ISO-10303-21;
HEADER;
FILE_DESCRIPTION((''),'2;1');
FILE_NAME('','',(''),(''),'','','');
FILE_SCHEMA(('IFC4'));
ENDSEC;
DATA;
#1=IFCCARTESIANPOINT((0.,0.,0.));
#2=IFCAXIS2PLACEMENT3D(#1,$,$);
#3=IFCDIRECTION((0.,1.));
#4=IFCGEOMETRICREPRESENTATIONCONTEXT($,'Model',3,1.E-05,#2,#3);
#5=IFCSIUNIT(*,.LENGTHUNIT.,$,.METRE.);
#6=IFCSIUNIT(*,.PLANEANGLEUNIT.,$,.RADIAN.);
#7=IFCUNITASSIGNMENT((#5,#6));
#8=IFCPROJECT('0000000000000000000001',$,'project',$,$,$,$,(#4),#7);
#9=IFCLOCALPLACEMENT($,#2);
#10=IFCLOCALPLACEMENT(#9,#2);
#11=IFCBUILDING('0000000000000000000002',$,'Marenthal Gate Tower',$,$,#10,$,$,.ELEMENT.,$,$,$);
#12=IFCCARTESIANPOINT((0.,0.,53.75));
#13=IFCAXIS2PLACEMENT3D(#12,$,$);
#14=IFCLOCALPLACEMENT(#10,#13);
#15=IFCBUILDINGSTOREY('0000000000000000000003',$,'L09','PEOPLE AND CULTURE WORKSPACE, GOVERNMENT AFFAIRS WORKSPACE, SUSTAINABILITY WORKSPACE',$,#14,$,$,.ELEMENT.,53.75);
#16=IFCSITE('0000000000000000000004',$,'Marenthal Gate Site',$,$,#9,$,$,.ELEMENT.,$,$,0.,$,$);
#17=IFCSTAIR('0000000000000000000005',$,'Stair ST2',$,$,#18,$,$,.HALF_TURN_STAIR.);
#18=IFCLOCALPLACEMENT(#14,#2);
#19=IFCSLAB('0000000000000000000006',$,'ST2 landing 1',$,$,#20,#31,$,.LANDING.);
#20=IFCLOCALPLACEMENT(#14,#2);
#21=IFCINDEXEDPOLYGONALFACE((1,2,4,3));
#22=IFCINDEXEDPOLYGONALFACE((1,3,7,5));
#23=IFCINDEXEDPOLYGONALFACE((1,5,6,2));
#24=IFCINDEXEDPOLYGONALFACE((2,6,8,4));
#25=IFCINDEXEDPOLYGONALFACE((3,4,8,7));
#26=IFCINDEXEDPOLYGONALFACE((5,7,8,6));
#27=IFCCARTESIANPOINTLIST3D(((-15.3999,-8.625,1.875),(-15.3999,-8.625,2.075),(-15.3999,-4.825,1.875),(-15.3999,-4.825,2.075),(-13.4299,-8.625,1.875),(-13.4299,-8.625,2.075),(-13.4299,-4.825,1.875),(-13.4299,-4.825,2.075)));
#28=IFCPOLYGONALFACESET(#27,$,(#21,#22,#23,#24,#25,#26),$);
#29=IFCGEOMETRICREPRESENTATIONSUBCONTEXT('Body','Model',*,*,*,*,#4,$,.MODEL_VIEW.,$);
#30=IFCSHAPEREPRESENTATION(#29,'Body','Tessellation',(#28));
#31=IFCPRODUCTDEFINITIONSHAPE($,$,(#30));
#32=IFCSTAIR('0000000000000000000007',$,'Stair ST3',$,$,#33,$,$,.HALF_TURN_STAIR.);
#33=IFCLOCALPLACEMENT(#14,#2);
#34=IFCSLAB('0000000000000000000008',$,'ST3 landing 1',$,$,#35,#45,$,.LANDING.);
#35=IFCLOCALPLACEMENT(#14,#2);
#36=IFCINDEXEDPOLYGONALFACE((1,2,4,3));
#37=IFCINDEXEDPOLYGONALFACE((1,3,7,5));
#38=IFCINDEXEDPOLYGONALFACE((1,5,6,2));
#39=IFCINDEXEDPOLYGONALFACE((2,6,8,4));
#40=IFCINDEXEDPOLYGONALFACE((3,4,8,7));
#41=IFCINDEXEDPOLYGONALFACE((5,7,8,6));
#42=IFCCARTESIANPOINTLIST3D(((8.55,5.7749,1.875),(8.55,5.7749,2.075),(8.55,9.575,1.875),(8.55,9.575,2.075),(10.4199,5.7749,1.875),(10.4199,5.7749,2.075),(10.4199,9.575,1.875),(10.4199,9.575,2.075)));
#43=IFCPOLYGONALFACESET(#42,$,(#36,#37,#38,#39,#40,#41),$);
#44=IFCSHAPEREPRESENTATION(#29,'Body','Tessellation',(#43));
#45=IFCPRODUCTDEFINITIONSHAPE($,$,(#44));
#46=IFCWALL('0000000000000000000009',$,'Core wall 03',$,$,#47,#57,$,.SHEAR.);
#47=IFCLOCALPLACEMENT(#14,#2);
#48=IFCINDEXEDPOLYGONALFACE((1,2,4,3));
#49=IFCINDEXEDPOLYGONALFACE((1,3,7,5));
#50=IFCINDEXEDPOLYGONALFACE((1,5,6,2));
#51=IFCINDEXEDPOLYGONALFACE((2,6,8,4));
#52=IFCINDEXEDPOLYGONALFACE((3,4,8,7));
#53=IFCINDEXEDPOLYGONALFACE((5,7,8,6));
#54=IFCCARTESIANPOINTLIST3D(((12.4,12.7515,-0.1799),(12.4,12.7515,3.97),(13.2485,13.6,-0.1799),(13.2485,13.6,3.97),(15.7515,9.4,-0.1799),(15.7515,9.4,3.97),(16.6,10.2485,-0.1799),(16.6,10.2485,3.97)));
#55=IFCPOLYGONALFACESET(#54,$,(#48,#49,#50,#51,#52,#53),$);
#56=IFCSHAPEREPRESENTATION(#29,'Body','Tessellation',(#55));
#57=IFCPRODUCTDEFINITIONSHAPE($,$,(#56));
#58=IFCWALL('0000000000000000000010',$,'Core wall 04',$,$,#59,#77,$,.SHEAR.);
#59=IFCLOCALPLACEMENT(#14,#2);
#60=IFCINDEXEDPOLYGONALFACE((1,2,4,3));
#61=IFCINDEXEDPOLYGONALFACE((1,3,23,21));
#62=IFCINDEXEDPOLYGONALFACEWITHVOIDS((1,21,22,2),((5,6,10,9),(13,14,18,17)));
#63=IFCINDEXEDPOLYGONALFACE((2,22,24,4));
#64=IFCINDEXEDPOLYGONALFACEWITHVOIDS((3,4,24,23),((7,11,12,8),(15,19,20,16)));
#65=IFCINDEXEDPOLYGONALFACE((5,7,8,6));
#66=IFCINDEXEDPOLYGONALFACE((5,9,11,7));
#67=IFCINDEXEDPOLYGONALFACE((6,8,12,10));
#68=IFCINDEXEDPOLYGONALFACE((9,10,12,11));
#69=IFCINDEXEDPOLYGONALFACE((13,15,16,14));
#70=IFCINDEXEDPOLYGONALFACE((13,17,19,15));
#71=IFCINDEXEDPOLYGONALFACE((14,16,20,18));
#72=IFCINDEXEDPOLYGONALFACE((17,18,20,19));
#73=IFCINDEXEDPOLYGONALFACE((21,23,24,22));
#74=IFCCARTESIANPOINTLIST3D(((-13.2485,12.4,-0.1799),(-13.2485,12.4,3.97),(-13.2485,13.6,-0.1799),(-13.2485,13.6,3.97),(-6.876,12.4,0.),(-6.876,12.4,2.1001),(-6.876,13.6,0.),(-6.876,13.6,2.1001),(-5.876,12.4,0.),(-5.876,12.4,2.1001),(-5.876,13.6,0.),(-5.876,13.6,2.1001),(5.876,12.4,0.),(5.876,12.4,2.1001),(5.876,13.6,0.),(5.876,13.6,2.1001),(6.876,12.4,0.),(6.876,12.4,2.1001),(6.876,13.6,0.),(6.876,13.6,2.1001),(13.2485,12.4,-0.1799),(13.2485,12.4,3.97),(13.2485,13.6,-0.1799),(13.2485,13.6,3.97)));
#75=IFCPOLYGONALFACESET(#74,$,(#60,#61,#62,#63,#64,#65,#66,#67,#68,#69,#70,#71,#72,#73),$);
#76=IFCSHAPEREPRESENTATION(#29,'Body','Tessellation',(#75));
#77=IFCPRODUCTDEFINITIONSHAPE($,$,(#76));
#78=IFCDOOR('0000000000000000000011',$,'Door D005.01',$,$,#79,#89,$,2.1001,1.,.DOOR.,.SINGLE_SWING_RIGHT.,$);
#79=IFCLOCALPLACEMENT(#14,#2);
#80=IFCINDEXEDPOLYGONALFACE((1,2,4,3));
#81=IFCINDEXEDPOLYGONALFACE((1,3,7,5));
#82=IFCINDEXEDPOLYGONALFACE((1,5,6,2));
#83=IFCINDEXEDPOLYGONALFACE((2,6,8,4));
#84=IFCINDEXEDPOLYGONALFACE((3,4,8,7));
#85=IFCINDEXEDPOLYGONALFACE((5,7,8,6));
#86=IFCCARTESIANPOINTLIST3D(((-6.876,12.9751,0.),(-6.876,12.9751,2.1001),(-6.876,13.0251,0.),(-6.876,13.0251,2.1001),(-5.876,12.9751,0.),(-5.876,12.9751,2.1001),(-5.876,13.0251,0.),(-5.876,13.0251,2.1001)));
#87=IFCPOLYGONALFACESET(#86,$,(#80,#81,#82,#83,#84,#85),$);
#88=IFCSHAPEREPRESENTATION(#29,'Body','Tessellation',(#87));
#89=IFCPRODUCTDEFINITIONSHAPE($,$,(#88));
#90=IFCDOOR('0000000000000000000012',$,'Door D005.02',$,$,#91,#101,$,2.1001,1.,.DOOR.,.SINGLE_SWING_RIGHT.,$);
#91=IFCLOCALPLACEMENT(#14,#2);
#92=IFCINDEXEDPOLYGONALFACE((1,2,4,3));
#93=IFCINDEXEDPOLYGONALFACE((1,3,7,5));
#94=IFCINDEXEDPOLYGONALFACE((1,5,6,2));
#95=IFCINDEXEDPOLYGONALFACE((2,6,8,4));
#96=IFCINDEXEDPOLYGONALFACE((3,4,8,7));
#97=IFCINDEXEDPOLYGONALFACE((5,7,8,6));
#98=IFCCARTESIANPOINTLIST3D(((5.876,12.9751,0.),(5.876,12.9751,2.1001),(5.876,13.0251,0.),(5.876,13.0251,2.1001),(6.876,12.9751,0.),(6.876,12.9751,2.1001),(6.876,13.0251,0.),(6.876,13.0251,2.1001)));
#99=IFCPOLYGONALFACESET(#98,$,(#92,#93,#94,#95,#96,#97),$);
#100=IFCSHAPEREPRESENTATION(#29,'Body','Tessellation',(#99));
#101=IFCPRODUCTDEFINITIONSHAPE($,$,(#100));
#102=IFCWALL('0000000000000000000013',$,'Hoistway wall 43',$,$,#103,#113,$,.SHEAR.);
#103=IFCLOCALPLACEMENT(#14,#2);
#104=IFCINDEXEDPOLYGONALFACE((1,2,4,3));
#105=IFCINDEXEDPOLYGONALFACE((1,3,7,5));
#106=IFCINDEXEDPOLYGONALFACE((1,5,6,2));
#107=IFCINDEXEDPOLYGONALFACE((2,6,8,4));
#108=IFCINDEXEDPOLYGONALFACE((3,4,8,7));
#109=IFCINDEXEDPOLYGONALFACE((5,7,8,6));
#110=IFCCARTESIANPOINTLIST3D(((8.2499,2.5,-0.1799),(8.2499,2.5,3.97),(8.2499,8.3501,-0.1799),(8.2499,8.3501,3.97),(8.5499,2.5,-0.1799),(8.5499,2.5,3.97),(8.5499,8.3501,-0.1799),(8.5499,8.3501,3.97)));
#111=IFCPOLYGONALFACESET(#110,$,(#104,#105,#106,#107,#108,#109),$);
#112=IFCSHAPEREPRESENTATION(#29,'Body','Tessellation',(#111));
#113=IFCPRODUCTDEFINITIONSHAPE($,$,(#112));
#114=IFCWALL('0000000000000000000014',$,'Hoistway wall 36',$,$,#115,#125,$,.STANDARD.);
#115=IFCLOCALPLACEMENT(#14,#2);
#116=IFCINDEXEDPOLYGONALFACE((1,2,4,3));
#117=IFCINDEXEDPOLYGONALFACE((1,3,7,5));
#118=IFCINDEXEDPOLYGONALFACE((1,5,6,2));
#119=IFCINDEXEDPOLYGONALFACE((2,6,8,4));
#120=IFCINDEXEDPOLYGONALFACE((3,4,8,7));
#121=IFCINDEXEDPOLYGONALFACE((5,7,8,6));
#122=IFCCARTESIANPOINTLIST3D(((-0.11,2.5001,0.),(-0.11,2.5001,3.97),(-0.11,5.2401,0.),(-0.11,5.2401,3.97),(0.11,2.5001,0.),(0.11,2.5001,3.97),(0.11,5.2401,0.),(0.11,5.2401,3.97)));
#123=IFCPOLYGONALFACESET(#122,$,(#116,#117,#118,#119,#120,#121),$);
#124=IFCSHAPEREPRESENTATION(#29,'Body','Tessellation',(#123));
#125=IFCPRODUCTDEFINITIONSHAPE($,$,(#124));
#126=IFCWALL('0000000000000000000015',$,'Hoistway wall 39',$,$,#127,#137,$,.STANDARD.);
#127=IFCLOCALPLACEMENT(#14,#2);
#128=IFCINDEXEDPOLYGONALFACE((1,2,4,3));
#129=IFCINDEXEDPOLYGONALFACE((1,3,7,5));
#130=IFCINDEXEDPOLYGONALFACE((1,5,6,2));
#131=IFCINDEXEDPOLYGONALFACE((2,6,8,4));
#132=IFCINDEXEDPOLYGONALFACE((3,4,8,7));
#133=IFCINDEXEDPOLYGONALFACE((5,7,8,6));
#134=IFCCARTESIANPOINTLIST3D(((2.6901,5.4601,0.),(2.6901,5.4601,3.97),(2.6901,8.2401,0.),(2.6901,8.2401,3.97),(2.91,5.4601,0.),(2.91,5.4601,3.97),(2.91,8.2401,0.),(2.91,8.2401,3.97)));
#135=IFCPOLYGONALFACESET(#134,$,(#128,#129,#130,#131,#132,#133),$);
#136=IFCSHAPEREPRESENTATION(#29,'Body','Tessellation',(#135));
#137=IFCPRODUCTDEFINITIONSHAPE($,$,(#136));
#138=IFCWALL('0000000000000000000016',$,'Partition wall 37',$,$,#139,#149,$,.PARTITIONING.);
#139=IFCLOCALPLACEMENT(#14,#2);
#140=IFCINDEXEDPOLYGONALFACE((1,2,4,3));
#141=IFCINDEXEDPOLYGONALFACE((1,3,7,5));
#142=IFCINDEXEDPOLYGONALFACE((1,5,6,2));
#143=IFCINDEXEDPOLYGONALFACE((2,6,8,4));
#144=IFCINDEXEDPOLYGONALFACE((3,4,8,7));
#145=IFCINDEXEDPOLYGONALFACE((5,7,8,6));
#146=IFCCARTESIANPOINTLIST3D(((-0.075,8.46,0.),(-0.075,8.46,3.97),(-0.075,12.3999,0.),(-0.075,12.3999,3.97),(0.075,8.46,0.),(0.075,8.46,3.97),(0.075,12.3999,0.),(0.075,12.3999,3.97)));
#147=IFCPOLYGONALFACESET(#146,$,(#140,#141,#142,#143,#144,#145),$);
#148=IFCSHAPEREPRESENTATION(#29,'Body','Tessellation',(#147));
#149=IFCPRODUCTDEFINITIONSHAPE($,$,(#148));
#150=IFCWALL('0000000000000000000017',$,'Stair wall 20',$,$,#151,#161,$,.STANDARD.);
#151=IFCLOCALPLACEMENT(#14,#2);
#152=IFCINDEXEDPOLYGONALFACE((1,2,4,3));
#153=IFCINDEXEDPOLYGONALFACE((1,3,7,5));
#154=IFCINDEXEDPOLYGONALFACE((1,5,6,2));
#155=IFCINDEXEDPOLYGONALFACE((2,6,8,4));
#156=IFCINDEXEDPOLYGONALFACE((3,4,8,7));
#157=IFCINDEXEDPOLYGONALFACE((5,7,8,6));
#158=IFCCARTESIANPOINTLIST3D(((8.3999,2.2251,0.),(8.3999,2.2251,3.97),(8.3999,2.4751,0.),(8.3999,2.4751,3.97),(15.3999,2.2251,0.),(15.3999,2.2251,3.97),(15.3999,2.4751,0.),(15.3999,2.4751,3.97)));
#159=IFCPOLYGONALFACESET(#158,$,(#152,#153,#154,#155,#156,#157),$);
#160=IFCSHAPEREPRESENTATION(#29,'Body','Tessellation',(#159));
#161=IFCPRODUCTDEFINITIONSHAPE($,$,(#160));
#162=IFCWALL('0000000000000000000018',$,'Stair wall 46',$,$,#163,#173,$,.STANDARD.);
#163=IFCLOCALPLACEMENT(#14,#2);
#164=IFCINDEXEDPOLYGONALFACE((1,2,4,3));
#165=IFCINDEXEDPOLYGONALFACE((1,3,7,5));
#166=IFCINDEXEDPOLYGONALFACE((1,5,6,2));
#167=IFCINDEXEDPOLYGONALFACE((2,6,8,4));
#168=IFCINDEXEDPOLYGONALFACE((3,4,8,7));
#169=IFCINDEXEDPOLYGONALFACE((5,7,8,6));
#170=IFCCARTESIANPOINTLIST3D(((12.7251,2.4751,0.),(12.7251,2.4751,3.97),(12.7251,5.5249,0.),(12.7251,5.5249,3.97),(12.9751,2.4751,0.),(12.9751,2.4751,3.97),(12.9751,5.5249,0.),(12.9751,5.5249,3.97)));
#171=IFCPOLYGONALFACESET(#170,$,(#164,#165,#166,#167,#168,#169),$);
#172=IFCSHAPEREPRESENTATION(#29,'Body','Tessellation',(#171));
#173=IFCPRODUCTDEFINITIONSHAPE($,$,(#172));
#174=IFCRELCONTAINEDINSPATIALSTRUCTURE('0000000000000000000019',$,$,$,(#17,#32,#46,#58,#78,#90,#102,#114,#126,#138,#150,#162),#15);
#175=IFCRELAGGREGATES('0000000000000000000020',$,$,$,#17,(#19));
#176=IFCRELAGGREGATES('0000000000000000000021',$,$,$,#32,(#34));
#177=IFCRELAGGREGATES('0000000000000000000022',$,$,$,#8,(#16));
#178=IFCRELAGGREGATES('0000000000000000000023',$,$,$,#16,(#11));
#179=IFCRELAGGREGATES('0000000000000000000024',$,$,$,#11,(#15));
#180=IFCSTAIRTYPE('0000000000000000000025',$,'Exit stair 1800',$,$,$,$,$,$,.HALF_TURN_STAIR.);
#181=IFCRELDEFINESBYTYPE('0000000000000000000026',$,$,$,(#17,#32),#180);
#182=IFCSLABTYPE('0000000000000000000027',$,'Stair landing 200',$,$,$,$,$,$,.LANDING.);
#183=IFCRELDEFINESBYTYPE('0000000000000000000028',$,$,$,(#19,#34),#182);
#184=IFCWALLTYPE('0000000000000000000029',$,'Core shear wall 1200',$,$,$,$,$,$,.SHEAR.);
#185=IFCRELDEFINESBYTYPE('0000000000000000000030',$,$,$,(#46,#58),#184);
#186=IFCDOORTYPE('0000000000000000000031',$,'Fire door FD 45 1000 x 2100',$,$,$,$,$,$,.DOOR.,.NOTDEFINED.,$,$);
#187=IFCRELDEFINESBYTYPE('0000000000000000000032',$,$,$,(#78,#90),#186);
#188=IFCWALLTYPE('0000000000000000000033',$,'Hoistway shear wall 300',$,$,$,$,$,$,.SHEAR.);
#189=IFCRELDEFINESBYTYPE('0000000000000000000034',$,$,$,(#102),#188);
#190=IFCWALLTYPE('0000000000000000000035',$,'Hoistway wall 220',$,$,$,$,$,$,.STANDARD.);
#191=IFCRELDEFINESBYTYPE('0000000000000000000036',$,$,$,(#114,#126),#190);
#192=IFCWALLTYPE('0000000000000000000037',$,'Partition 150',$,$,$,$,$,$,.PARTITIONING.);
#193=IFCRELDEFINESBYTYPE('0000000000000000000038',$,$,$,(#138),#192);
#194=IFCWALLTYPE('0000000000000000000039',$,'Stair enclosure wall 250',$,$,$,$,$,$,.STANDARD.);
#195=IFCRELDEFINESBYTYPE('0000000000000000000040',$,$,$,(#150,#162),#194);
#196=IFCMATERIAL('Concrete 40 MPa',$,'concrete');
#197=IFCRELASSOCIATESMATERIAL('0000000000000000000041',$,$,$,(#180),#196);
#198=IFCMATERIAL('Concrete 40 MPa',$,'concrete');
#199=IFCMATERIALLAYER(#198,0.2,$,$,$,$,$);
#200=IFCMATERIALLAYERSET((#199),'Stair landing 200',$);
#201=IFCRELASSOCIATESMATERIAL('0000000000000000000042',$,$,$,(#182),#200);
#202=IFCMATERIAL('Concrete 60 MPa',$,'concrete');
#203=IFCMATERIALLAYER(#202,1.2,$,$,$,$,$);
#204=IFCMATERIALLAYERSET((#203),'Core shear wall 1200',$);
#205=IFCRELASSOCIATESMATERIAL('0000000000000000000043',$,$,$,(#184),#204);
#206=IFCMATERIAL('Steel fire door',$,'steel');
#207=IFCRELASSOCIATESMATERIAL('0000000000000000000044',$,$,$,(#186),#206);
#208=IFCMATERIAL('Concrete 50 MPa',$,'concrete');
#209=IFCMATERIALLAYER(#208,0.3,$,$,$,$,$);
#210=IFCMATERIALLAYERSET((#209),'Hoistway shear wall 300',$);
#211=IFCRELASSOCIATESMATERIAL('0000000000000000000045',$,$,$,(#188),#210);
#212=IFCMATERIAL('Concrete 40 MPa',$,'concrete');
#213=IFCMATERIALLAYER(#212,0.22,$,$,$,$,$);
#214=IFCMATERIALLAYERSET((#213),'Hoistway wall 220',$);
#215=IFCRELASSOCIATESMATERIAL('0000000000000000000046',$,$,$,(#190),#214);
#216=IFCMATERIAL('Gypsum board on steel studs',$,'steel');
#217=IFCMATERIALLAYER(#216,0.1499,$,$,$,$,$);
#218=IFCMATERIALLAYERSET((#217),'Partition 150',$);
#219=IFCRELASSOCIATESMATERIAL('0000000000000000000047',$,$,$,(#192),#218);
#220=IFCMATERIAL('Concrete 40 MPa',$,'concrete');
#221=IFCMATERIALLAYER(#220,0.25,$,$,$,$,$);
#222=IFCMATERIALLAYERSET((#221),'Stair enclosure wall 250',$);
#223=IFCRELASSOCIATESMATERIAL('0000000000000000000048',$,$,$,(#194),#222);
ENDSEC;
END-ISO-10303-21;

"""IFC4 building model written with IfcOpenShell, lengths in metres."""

from ifc_helpers import new_model, si_unit, direction, frame, frame_2d, origin, place, context, subcontext, project, spatial, polyline, rectangle, outline, extrude, material, layer, layer_set, type_object, element, fill, aggregate, save


model = new_model("IFC4")

# Units and contexts
model_context = context("Model", 3, precision=1e-05, world=origin(), true_north=direction((0.0, 1.0)))
body_context = subcontext(model_context, "Body", "Model", "MODEL_VIEW")
ifc_project = project(units=[si_unit("LENGTHUNIT", "METRE"), si_unit("PLANEANGLEUNIT", "RADIAN")], contexts=[model_context])

# Site, building, storey
site_placement = place(None, origin())
site = spatial("IfcSite", under=ifc_project, at=site_placement, Name="Marenthal Gate Site", CompositionType="ELEMENT", RefElevation=0.0)
building_placement = place(site_placement, origin())
building = spatial("IfcBuilding", under=site, at=building_placement, Name="Marenthal Gate Tower", CompositionType="ELEMENT")
storey_placement = place(building_placement, frame((0.0, 0.0, 53.75)))
storey = spatial("IfcBuildingStorey", under=building, at=storey_placement, Name="L09", Description="PEOPLE AND CULTURE WORKSPACE, GOVERNMENT AFFAIRS WORKSPACE, SUSTAINABILITY WORKSPACE", CompositionType="ELEMENT", Elevation=53.75)

# Stairs, slabs
ifc_material_1 = material(Name="Concrete 40 MPa", Category="concrete")
stair_type = type_object("IfcStairType", Name="Exit stair 1800", PredefinedType="HALF_TURN_STAIR", material=ifc_material_1)
ifc_material_2 = material(Name="Concrete 40 MPa", Category="concrete")
ifc_layer_1 = layer(ifc_material_2, 0.2)
ifc_layer_set_1 = layer_set([ifc_layer_1], Name="Stair landing 200")
slab_type_1 = type_object("IfcSlabType", Name="Stair landing 200", PredefinedType="LANDING", material=ifc_layer_set_1)
stair_1_placement = place(storey_placement, origin())
stair_1 = element("IfcStair", 1, at=stair_1_placement, inside=storey, type_object=stair_type, Name="Stair ST2", PredefinedType="HALF_TURN_STAIR")
slab_1_placement = place(storey_placement, frame((0.0, 0.0, 1.875)))
slab_1 = element("IfcSlab", 2, at=slab_1_placement, type_object=slab_type_1, Name="ST2 landing 1", PredefinedType="LANDING", context=body_context, shape_type="SweptSolid", body=[
    extrude(outline(polyline([(-15.3999, -8.625), (-13.4299, -8.625), (-13.4299, -4.825), (-15.3999, -4.825), (-15.3999, -8.625)])), origin(), (0.0, 0.0, 1.0), 0.2),
])
aggregate(stair_1, [slab_1])
stair_2_placement = place(storey_placement, origin())
stair_2 = element("IfcStair", 3, at=stair_2_placement, inside=storey, type_object=stair_type, Name="Stair ST3", PredefinedType="HALF_TURN_STAIR")
slab_2_placement = place(storey_placement, frame((0.0, 0.0, 1.875)))
slab_2 = element("IfcSlab", 4, at=slab_2_placement, type_object=slab_type_1, Name="ST3 landing 1", PredefinedType="LANDING", context=body_context, shape_type="SweptSolid", body=[
    extrude(outline(polyline([(8.55, 5.7749), (10.4199, 5.7749), (10.4199, 9.575), (8.55, 9.575), (8.55, 5.7749)])), origin(), (0.0, 0.0, 1.0), 0.2),
])

# Wall
ifc_material_3 = material(Name="Concrete 60 MPa", Category="concrete")
ifc_layer_2 = layer(ifc_material_3, 1.2)
ifc_layer_set_2 = layer_set([ifc_layer_2], Name="Core shear wall 1200")
wall_type_1 = type_object("IfcWallType", Name="Core shear wall 1200", PredefinedType="SHEAR", material=ifc_layer_set_2)
wall_1_placement = place(storey_placement, frame((16.1758, 9.8242, -0.1799), z_axis=(0.0, 0.0, 1.0), x_axis=(-0.707107, 0.707107, 0.0)))
element("IfcWall", 5, at=wall_1_placement, inside=storey, type_object=wall_type_1, Name="Core wall 03", PredefinedType="SHEAR", context=body_context, shape_type="SweptSolid", body=[
    extrude(rectangle(XDim=4.7397, YDim=1.2, at=frame_2d((2.3699, 0.0))), origin(), (0.0, 0.0, 1.0), 4.1499),
])

# Wall, openings, doors
wall_2_placement = place(storey_placement, frame((13.2485, 13.0, -0.1799), z_axis=(0.0, 0.0, 1.0), x_axis=(-1.0, 0.0, 0.0)))
wall_2 = element("IfcWall", 6, at=wall_2_placement, inside=storey, type_object=wall_type_1, Name="Core wall 04", PredefinedType="SHEAR", context=body_context, shape_type="SweptSolid", body=[
    extrude(rectangle(XDim=26.4971, YDim=1.2, at=frame_2d((13.2485, 0.0))), origin(), (0.0, 0.0, 1.0), 4.1499),
])
opening_1_placement = place(wall_2_placement, frame((19.1245, 0.0, 0.1799)))
opening_1 = element("IfcOpeningElement", 7, at=opening_1_placement, cuts=wall_2, PredefinedType="OPENING", context=body_context, shape_type="SweptSolid", body=[
    extrude(rectangle(XDim=1.0, YDim=2.1001, at=frame_2d((0.5, 1.05))), frame((0.0, 0.6099, 0.0), z_axis=(0.0, -1.0, 0.0), x_axis=(1.0, 0.0, 0.0)), (0.0, 0.0, 1.0), 1.22),
])
opening_2_placement = place(wall_2_placement, frame((6.3726, 0.0, 0.1799)))
opening_2 = element("IfcOpeningElement", 8, at=opening_2_placement, cuts=wall_2, PredefinedType="OPENING", context=body_context, shape_type="SweptSolid", body=[
    extrude(rectangle(XDim=1.0, YDim=2.1001, at=frame_2d((0.5, 1.05))), frame((0.0, 0.6099, 0.0), z_axis=(0.0, -1.0, 0.0), x_axis=(1.0, 0.0, 0.0)), (0.0, 0.0, 1.0), 1.22),
])
ifc_material_4 = material(Name="Steel fire door", Category="steel")
door_type_1 = type_object("IfcDoorType", Name="Fire door FD 45 1000 x 2100", OperationType="NOTDEFINED", PredefinedType="DOOR", material=ifc_material_4)
door_1_placement = place(opening_1_placement, origin())
door_1 = element("IfcDoor", 9, at=door_1_placement, inside=storey, type_object=door_type_1, Name="Door D005.01", OperationType="SINGLE_SWING_RIGHT", OverallHeight=2.1001, OverallWidth=1.0, PredefinedType="DOOR", context=body_context, shape_type="SweptSolid", body=[
    extrude(rectangle(XDim=1.0, YDim=2.1001, at=frame_2d((0.5, 1.05))), frame((0.0, 0.0249, 0.0), z_axis=(0.0, -1.0, 0.0), x_axis=(1.0, 0.0, 0.0)), (0.0, 0.0, 1.0), 0.05),
])
fill(opening_1, door_1)
door_2_placement = place(opening_2_placement, origin())
door_2 = element("IfcDoor", 10, at=door_2_placement, inside=storey, type_object=door_type_1, Name="Door D005.02", OperationType="SINGLE_SWING_RIGHT", OverallHeight=2.1001, OverallWidth=1.0, PredefinedType="DOOR", context=body_context, shape_type="SweptSolid", body=[
    extrude(rectangle(XDim=1.0, YDim=2.1001, at=frame_2d((0.5, 1.05))), frame((0.0, 0.0249, 0.0), z_axis=(0.0, -1.0, 0.0), x_axis=(1.0, 0.0, 0.0)), (0.0, 0.0, 1.0), 0.05),
])
fill(opening_2, door_2)

# Walls
ifc_material_5 = material(Name="Concrete 50 MPa", Category="concrete")
ifc_layer_3 = layer(ifc_material_5, 0.3)
ifc_layer_set_3 = layer_set([ifc_layer_3], Name="Hoistway shear wall 300")
wall_type_2 = type_object("IfcWallType", Name="Hoistway shear wall 300", PredefinedType="SHEAR", material=ifc_layer_set_3)
wall_3_placement = place(storey_placement, frame((8.3999, 2.5, -0.1799), z_axis=(0.0, 0.0, 1.0), x_axis=(0.0, 1.0, 0.0)))
element("IfcWall", 11, at=wall_3_placement, inside=storey, type_object=wall_type_2, Name="Hoistway wall 43", PredefinedType="SHEAR", context=body_context, shape_type="SweptSolid", body=[
    extrude(rectangle(XDim=5.8501, YDim=0.3, at=frame_2d((2.925, 0.0))), origin(), (0.0, 0.0, 1.0), 4.1499),
])
ifc_material_6 = material(Name="Concrete 40 MPa", Category="concrete")
ifc_layer_4 = layer(ifc_material_6, 0.22)
ifc_layer_set_4 = layer_set([ifc_layer_4], Name="Hoistway wall 220")
wall_type_3 = type_object("IfcWallType", Name="Hoistway wall 220", PredefinedType="STANDARD", material=ifc_layer_set_4)
wall_4_placement = place(storey_placement, frame((0.0, 2.5, 0.0), z_axis=(0.0, 0.0, 1.0), x_axis=(0.0, 1.0, 0.0)))
element("IfcWall", 12, at=wall_4_placement, inside=storey, type_object=wall_type_3, Name="Hoistway wall 36", PredefinedType="STANDARD", context=body_context, shape_type="SweptSolid", body=[
    extrude(rectangle(XDim=2.74, YDim=0.22, at=frame_2d((1.3701, 0.0))), origin(), (0.0, 0.0, 1.0), 3.97),
])
wall_5_placement = place(storey_placement, frame((2.8, 5.46, 0.0), z_axis=(0.0, 0.0, 1.0), x_axis=(0.0, 1.0, 0.0)))
element("IfcWall", 13, at=wall_5_placement, inside=storey, type_object=wall_type_3, Name="Hoistway wall 39", PredefinedType="STANDARD", context=body_context, shape_type="SweptSolid", body=[
    extrude(rectangle(XDim=2.78, YDim=0.22, at=frame_2d((1.3901, 0.0))), origin(), (0.0, 0.0, 1.0), 3.97),
])
ifc_material_7 = material(Name="Gypsum board on steel studs", Category="steel")
ifc_layer_5 = layer(ifc_material_7, 0.1499)
ifc_layer_set_5 = layer_set([ifc_layer_5], Name="Partition 150")
wall_type_4 = type_object("IfcWallType", Name="Partition 150", PredefinedType="PARTITIONING", material=ifc_layer_set_5)
wall_6_placement = place(storey_placement, frame((0.0, 8.46, 0.0), z_axis=(0.0, 0.0, 1.0), x_axis=(0.0, 1.0, 0.0)))
element("IfcWall", 14, at=wall_6_placement, inside=storey, type_object=wall_type_4, Name="Partition wall 37", PredefinedType="PARTITIONING", context=body_context, shape_type="SweptSolid", body=[
    extrude(rectangle(XDim=3.9399, YDim=0.1499, at=frame_2d((1.97, 0.0))), origin(), (0.0, 0.0, 1.0), 3.97),
])
ifc_material_8 = material(Name="Concrete 40 MPa", Category="concrete")
ifc_layer_6 = layer(ifc_material_8, 0.25)
ifc_layer_set_6 = layer_set([ifc_layer_6], Name="Stair enclosure wall 250")
wall_type_5 = type_object("IfcWallType", Name="Stair enclosure wall 250", PredefinedType="STANDARD", material=ifc_layer_set_6)
wall_7_placement = place(storey_placement, frame((8.3999, 2.3501, 0.0), z_axis=(0.0, 0.0, 1.0), x_axis=(1.0, 0.0, 0.0)))
element("IfcWall", 15, at=wall_7_placement, inside=storey, type_object=wall_type_5, Name="Stair wall 20", PredefinedType="STANDARD", context=body_context, shape_type="SweptSolid", body=[
    extrude(rectangle(XDim=7.0, YDim=0.25, at=frame_2d((3.5, 0.0))), origin(), (0.0, 0.0, 1.0), 3.97),
])
wall_8_placement = place(storey_placement, frame((12.8501, 2.4751, 0.0), z_axis=(0.0, 0.0, 1.0), x_axis=(0.0, 1.0, 0.0)))
element("IfcWall", 16, at=wall_8_placement, inside=storey, type_object=wall_type_5, Name="Stair wall 46", PredefinedType="STANDARD", context=body_context, shape_type="SweptSolid", body=[
    extrude(rectangle(XDim=3.0498, YDim=0.25, at=frame_2d((1.5249, 0.0))), origin(), (0.0, 0.0, 1.0), 3.97),
])

aggregate(stair_2, [slab_2])

save(model, "model.ifc")
